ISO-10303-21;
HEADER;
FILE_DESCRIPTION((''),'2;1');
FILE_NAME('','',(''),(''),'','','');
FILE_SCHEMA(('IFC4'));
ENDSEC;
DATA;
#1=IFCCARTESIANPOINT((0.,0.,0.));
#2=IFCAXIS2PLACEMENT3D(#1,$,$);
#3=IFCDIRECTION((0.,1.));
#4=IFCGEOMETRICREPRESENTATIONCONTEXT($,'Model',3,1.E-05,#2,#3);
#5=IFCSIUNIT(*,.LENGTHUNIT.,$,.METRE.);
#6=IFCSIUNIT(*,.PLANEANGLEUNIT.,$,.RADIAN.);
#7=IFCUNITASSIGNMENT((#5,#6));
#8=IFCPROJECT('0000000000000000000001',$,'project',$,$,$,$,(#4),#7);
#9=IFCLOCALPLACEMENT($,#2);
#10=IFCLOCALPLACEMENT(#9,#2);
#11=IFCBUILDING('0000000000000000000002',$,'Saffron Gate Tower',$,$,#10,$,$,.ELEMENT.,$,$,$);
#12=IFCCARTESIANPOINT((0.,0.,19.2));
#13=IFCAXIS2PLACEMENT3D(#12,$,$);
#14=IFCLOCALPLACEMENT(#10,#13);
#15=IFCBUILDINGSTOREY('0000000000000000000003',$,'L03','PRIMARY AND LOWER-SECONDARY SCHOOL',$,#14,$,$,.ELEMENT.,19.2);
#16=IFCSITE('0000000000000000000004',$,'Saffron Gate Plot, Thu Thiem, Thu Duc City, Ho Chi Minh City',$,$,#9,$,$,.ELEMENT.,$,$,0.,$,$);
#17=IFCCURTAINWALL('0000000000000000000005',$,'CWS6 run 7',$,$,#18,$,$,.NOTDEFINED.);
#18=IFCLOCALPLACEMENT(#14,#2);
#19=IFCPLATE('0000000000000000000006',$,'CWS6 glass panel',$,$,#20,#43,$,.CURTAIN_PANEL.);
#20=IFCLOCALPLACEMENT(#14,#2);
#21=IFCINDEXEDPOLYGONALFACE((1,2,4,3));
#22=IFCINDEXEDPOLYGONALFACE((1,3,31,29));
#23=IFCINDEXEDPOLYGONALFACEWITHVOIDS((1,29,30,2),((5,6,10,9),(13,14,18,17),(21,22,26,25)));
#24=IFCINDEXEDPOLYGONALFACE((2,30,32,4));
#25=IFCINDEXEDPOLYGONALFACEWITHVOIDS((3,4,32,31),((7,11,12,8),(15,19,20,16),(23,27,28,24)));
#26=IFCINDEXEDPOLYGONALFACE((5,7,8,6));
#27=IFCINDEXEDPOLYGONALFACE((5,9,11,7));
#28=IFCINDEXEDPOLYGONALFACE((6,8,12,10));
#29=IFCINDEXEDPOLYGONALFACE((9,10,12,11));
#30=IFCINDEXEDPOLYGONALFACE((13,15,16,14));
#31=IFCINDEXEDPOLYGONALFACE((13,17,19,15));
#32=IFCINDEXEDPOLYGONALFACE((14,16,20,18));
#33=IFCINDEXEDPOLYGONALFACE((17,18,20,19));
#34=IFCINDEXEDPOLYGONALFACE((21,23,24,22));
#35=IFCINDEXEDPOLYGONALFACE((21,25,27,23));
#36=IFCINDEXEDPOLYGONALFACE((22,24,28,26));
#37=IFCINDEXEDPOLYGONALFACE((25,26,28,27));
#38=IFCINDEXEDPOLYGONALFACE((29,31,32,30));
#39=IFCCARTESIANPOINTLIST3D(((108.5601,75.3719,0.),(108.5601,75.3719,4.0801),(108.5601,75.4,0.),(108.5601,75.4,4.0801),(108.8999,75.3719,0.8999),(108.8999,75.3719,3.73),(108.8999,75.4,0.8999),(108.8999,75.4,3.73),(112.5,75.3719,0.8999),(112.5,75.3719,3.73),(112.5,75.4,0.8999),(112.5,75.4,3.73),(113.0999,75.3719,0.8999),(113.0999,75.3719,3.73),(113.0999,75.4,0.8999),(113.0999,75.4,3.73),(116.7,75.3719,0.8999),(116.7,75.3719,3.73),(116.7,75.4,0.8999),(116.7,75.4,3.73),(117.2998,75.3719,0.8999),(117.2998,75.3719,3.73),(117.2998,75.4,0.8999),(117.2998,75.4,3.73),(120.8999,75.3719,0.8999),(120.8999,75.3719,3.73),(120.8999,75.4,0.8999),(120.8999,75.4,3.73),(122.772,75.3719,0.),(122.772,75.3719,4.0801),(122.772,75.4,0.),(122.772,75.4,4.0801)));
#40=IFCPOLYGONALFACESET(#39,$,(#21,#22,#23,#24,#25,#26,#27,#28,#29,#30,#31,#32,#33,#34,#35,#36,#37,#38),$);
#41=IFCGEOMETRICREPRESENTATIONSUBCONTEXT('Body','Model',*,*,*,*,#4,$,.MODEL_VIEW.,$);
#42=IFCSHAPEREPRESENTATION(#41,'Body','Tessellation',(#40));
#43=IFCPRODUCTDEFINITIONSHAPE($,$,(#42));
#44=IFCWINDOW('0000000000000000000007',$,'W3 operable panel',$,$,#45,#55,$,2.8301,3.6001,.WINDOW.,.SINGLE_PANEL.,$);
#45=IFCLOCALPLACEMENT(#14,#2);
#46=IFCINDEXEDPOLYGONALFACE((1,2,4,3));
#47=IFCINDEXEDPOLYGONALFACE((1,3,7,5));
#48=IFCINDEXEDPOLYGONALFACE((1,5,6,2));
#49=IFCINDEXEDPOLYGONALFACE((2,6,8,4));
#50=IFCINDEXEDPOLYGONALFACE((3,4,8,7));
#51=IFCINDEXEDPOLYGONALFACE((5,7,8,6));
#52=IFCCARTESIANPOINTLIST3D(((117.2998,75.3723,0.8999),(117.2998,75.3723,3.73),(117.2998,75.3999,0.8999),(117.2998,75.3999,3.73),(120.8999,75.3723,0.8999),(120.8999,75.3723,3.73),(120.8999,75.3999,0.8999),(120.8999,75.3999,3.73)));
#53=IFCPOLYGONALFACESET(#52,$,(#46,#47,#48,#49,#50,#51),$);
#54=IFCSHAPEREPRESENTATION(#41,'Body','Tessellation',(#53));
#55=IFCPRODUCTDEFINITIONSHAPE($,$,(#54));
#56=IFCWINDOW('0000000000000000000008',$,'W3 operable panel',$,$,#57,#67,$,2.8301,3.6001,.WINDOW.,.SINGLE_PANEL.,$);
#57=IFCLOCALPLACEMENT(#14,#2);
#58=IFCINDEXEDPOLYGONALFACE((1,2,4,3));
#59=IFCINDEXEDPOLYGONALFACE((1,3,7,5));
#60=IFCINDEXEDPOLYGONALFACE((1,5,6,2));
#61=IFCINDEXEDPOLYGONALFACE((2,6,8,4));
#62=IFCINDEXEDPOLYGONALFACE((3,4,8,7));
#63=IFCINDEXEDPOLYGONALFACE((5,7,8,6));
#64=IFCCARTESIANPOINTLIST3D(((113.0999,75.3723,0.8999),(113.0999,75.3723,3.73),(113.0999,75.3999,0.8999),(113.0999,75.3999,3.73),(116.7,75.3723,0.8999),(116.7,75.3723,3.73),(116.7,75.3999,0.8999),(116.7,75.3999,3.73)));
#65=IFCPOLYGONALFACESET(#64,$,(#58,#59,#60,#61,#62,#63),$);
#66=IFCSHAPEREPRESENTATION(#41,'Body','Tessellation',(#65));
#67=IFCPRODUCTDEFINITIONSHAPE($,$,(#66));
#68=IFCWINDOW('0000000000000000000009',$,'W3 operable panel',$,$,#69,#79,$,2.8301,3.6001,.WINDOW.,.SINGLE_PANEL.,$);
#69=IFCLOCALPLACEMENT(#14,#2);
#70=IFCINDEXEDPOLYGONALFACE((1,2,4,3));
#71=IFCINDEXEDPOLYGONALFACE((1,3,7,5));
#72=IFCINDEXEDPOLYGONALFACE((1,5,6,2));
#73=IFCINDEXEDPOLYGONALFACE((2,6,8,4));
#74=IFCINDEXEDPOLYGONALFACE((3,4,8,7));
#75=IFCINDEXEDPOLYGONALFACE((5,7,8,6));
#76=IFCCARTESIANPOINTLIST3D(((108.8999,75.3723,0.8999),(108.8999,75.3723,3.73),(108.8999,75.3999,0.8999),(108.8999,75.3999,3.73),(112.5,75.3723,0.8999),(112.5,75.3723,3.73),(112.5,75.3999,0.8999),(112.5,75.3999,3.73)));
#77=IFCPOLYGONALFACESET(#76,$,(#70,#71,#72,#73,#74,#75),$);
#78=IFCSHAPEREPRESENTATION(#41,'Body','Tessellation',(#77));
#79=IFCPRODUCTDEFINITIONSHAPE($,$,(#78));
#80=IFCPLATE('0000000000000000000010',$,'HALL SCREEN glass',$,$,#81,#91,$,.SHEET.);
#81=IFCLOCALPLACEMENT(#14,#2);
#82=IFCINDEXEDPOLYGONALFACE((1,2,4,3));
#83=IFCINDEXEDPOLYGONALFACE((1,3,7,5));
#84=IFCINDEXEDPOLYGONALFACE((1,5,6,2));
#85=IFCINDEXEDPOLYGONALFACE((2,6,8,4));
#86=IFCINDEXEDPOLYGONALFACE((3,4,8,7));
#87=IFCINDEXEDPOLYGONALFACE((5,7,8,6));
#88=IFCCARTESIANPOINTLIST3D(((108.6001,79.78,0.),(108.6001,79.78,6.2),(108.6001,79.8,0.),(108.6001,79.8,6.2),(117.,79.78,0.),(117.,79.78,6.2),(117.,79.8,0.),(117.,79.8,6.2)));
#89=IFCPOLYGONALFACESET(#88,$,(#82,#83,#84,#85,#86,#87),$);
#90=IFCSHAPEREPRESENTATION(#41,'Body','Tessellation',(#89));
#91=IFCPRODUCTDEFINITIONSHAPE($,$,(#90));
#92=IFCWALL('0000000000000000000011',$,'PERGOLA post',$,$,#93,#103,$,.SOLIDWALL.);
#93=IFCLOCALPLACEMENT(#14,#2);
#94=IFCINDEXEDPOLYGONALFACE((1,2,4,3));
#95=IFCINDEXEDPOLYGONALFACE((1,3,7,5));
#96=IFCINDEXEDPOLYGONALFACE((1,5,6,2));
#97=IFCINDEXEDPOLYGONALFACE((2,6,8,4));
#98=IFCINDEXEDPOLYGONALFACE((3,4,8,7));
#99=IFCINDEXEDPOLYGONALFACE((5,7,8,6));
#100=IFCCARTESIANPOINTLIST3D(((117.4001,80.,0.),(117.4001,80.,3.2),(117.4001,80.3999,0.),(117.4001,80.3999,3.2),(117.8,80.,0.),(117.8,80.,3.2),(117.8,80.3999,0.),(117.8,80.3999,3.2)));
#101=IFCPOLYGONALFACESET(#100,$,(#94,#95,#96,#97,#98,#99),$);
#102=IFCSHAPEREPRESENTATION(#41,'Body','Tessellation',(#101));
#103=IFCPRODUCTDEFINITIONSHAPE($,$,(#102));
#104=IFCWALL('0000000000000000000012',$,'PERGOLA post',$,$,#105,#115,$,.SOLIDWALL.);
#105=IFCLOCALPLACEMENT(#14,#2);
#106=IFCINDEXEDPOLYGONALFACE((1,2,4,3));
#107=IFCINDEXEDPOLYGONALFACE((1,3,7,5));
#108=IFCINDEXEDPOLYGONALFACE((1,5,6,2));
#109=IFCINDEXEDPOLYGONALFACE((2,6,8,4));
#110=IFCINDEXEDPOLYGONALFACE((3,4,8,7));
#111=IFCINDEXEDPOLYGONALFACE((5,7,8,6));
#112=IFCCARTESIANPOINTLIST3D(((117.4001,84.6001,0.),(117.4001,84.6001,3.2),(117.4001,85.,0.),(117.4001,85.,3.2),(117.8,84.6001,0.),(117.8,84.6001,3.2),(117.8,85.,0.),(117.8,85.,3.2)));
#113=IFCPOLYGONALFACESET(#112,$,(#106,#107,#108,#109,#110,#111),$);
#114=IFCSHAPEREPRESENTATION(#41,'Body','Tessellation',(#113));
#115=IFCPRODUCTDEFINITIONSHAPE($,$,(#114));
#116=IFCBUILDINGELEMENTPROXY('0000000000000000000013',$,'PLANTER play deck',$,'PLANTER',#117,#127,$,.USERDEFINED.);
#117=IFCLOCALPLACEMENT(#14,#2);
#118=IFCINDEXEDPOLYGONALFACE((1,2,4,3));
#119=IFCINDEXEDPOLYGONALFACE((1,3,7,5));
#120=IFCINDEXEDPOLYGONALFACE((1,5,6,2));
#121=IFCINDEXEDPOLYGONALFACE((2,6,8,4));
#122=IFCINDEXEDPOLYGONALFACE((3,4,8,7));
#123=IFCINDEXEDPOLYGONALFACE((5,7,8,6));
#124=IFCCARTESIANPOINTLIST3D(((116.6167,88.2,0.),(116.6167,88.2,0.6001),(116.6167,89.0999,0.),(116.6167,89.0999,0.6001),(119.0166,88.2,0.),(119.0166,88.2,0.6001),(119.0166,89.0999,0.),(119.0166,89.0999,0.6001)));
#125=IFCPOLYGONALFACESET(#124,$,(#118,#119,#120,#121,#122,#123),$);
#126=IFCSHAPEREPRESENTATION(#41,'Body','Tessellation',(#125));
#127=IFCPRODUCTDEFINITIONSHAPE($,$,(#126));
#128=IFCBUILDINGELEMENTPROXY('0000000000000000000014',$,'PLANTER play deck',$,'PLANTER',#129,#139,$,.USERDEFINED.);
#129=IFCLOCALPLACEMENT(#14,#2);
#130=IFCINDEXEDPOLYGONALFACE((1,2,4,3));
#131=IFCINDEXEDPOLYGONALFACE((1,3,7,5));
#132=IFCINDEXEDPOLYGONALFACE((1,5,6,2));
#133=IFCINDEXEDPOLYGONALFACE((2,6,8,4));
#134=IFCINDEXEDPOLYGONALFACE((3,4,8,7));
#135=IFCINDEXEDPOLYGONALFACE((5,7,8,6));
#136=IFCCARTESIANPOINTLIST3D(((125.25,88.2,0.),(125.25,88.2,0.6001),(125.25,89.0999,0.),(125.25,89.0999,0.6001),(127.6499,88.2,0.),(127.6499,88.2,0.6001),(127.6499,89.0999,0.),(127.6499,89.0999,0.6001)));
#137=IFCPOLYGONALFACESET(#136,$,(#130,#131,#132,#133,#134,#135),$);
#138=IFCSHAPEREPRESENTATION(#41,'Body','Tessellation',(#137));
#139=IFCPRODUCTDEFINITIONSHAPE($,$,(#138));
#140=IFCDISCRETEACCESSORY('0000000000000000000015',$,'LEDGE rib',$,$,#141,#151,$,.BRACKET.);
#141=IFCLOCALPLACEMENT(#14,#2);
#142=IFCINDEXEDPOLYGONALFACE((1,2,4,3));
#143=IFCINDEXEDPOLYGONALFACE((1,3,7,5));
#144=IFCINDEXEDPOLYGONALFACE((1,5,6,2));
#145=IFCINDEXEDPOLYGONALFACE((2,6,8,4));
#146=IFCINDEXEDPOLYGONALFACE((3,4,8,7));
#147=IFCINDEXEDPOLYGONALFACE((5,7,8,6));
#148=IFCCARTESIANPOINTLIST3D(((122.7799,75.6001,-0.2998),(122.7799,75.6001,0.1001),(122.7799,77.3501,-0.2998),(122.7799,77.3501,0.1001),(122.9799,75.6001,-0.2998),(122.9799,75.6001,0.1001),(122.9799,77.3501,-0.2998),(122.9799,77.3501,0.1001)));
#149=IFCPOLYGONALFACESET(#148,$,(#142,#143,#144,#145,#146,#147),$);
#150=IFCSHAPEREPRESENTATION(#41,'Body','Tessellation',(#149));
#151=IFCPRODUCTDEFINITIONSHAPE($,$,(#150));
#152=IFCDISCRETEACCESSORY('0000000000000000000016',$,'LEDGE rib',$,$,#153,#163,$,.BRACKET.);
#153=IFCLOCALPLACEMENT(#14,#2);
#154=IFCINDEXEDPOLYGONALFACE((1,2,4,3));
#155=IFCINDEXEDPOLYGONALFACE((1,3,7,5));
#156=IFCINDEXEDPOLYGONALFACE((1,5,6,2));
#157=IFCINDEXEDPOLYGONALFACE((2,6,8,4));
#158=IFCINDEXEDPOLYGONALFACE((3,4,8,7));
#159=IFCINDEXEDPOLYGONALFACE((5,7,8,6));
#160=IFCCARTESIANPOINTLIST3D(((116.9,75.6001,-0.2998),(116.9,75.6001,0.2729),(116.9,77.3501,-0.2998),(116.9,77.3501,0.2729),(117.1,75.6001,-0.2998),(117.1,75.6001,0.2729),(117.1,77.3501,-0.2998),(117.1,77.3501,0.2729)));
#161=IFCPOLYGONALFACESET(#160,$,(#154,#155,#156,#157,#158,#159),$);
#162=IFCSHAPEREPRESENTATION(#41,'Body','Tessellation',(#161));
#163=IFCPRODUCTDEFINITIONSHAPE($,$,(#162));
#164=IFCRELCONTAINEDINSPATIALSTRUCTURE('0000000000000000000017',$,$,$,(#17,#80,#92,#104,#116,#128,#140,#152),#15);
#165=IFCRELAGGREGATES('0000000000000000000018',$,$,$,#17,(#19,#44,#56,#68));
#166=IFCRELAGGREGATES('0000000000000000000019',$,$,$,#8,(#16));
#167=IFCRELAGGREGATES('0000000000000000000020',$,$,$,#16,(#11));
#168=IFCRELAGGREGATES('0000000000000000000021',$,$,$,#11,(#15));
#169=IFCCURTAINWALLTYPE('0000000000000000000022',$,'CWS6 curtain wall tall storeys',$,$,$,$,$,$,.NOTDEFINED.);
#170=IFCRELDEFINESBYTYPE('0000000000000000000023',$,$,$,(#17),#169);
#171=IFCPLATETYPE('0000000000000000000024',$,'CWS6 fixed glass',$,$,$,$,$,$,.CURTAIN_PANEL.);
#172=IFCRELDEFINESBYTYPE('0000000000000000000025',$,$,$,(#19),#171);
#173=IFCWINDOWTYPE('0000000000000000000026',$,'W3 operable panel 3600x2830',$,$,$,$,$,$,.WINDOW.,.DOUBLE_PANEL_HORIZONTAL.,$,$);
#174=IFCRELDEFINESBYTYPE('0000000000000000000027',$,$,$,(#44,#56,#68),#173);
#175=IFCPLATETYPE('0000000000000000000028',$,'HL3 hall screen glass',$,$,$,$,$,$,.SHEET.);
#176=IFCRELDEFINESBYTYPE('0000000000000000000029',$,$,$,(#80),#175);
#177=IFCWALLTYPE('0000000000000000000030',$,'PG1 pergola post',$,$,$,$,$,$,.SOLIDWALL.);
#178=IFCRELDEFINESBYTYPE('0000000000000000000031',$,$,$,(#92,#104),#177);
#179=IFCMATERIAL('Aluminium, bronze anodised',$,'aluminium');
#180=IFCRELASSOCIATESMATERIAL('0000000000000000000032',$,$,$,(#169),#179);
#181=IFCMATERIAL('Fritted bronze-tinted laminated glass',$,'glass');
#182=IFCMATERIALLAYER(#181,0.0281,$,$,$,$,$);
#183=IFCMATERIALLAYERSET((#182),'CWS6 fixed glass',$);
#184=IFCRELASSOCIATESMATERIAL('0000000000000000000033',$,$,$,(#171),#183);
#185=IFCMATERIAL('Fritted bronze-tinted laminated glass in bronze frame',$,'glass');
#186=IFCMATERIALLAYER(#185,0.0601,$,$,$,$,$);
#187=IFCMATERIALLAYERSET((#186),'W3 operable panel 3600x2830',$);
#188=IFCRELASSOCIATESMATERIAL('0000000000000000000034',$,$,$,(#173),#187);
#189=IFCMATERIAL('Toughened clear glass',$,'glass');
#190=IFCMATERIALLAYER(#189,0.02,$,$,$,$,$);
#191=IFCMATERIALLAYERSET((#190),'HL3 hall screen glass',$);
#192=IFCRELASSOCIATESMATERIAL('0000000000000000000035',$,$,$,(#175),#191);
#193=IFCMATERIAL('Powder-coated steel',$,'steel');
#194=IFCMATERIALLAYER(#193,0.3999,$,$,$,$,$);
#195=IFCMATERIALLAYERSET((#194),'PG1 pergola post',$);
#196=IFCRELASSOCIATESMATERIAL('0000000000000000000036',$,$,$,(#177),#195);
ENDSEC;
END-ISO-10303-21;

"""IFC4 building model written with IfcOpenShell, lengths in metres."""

from ifc_helpers import new_model, si_unit, direction, frame, frame_2d, origin, origin_2d, place, context, subcontext, project, spatial, polyline, rectangle, outline, extrude, material, layer, layer_set, type_object, element, fill, aggregate, save


model = new_model("IFC4")

# Units and contexts
model_context = context("Model", 3, precision=1e-05, world=origin(), true_north=direction((0.0, 1.0)))
body_context = subcontext(model_context, "Body", "Model", "MODEL_VIEW")
ifc_project = project(units=[si_unit("LENGTHUNIT", "METRE"), si_unit("PLANEANGLEUNIT", "RADIAN")], contexts=[model_context])

# Site, building, storey
site_placement = place(None, origin())
site = spatial("IfcSite", under=ifc_project, at=site_placement, Name="Saffron Gate Plot, Thu Thiem, Thu Duc City, Ho Chi Minh City", CompositionType="ELEMENT", RefElevation=0.0)
building_placement = place(site_placement, origin())
building = spatial("IfcBuilding", under=site, at=building_placement, Name="Saffron Gate Tower", CompositionType="ELEMENT")
storey_placement = place(building_placement, frame((0.0, 0.0, 19.2)))
storey = spatial("IfcBuildingStorey", under=building, at=storey_placement, Name="L03", Description="PRIMARY AND LOWER-SECONDARY SCHOOL", CompositionType="ELEMENT", Elevation=19.2)

# Shared definitions
ifc_material_1 = material(Name="Aluminium, bronze anodised", Category="aluminium")
curtain_wall_type = type_object("IfcCurtainWallType", Name="CWS6 curtain wall tall storeys", PredefinedType="NOTDEFINED", material=ifc_material_1)

# Curtain wall
curtain_wall_1_placement = place(storey_placement, origin())
curtain_wall_1 = element("IfcCurtainWall", 1, at=curtain_wall_1_placement, inside=storey, type_object=curtain_wall_type, Name="CWS6 run 7", PredefinedType="NOTDEFINED")

# Shared definitions
ifc_material_2 = material(Name="Fritted bronze-tinted laminated glass", Category="glass")
ifc_layer_1 = layer(ifc_material_2, 0.0281)
ifc_layer_set_1 = layer_set([ifc_layer_1], Name="CWS6 fixed glass")
plate_type_1 = type_object("IfcPlateType", Name="CWS6 fixed glass", PredefinedType="CURTAIN_PANEL", material=ifc_layer_set_1)

# Plate, openings, windows
plate_1_placement = place(storey_placement, frame((122.772, 75.386, 0.0), z_axis=(0.0, 0.0, 1.0), x_axis=(-1.0, 0.0, 0.0)))
plate_1 = element("IfcPlate", 2, at=plate_1_placement, type_object=plate_type_1, Name="CWS6 glass panel", PredefinedType="CURTAIN_PANEL", context=body_context, shape_type="SweptSolid", body=[
    extrude(rectangle(XDim=14.2119, YDim=0.0281, at=frame_2d((7.106, 0.0))), origin(), (0.0, 0.0, 1.0), 4.0801),
])
opening_1_placement = place(plate_1_placement, frame((1.8721, 0.0, 0.8999)))
opening_1 = element("IfcOpeningElement", 3, at=opening_1_placement, cuts=plate_1, PredefinedType="OPENING", context=body_context, shape_type="SweptSolid", body=[
    extrude(rectangle(XDim=3.6001, YDim=2.8301, at=frame_2d((1.8, 1.415))), frame((0.0, 0.0239, 0.0), z_axis=(0.0, -1.0, 0.0), x_axis=(1.0, 0.0, 0.0)), (0.0, 0.0, 1.0), 0.0481),
])
opening_2_placement = place(plate_1_placement, frame((6.072, 0.0, 0.8999)))
opening_2 = element("IfcOpeningElement", 4, at=opening_2_placement, cuts=plate_1, PredefinedType="OPENING", context=body_context, shape_type="SweptSolid", body=[
    extrude(rectangle(XDim=3.6001, YDim=2.8301, at=frame_2d((1.8, 1.415))), frame((0.0, 0.0239, 0.0), z_axis=(0.0, -1.0, 0.0), x_axis=(1.0, 0.0, 0.0)), (0.0, 0.0, 1.0), 0.0481),
])
opening_3_placement = place(plate_1_placement, frame((10.272, 0.0, 0.8999)))
opening_3 = element("IfcOpeningElement", 5, at=opening_3_placement, cuts=plate_1, PredefinedType="OPENING", context=body_context, shape_type="SweptSolid", body=[
    extrude(rectangle(XDim=3.6001, YDim=2.8301, at=frame_2d((1.8, 1.415))), frame((0.0, 0.0239, 0.0), z_axis=(0.0, -1.0, 0.0), x_axis=(1.0, 0.0, 0.0)), (0.0, 0.0, 1.0), 0.0481),
])
ifc_material_3 = material(Name="Fritted bronze-tinted laminated glass in bronze frame", Category="glass")
ifc_layer_2 = layer(ifc_material_3, 0.0601)
ifc_layer_set_2 = layer_set([ifc_layer_2], Name="W3 operable panel 3600x2830")
window_type = type_object("IfcWindowType", Name="W3 operable panel 3600x2830", PartitioningType="DOUBLE_PANEL_HORIZONTAL", PredefinedType="WINDOW", material=ifc_layer_set_2)
window_1_placement = place(opening_1_placement, origin())
window_1 = element("IfcWindow", 6, at=window_1_placement, type_object=window_type, Name="W3 operable panel", OverallHeight=2.8301, OverallWidth=3.6001, PartitioningType="SINGLE_PANEL", PredefinedType="WINDOW", context=body_context, shape_type="SweptSolid", body=[
    extrude(rectangle(XDim=3.6001, YDim=2.8301, at=frame_2d((1.8, 1.415))), frame((0.0, 0.0137, 0.0), z_axis=(0.0, -1.0, 0.0), x_axis=(1.0, 0.0, 0.0)), (0.0, 0.0, 1.0), 0.0276),
])
fill(opening_1, window_1)
window_2_placement = place(opening_2_placement, origin())
window_2 = element("IfcWindow", 7, at=window_2_placement, type_object=window_type, Name="W3 operable panel", OverallHeight=2.8301, OverallWidth=3.6001, PartitioningType="SINGLE_PANEL", PredefinedType="WINDOW", context=body_context, shape_type="SweptSolid", body=[
    extrude(rectangle(XDim=3.6001, YDim=2.8301, at=frame_2d((1.8, 1.415))), frame((0.0, 0.0137, 0.0), z_axis=(0.0, -1.0, 0.0), x_axis=(1.0, 0.0, 0.0)), (0.0, 0.0, 1.0), 0.0276),
])
fill(opening_2, window_2)
window_3_placement = place(opening_3_placement, origin())
window_3 = element("IfcWindow", 8, at=window_3_placement, type_object=window_type, Name="W3 operable panel", OverallHeight=2.8301, OverallWidth=3.6001, PartitioningType="SINGLE_PANEL", PredefinedType="WINDOW", context=body_context, shape_type="SweptSolid", body=[
    extrude(rectangle(XDim=3.6001, YDim=2.8301, at=frame_2d((1.8, 1.415))), frame((0.0, 0.0137, 0.0), z_axis=(0.0, -1.0, 0.0), x_axis=(1.0, 0.0, 0.0)), (0.0, 0.0, 1.0), 0.0276),
])
fill(opening_3, window_3)
aggregate(curtain_wall_1, [plate_1, window_1, window_2, window_3])

# Plate
ifc_material_4 = material(Name="Toughened clear glass", Category="glass")
ifc_layer_3 = layer(ifc_material_4, 0.02)
ifc_layer_set_3 = layer_set([ifc_layer_3], Name="HL3 hall screen glass")
plate_type_2 = type_object("IfcPlateType", Name="HL3 hall screen glass", PredefinedType="SHEET", material=ifc_layer_set_3)
plate_2_placement = place(storey_placement, frame((117.0, 79.8, 0.0), z_axis=(0.0, 1.0, 0.0), x_axis=(-1.0, 0.0, 0.0)))
element("IfcPlate", 9, at=plate_2_placement, inside=storey, type_object=plate_type_2, Name="HALL SCREEN glass", PredefinedType="SHEET", context=body_context, shape_type="SweptSolid", body=[
    extrude(outline(polyline([(0.0, 0.0), (8.3999, 0.0), (8.3999, 6.2), (0.0, 6.2), (0.0, 0.0)])), origin(), (0.0, 0.0, -1.0), 0.02),
])

# Walls
ifc_material_5 = material(Name="Powder-coated steel", Category="steel")
ifc_layer_4 = layer(ifc_material_5, 0.3999)
ifc_layer_set_4 = layer_set([ifc_layer_4], Name="PG1 pergola post")
wall_type = type_object("IfcWallType", Name="PG1 pergola post", PredefinedType="SOLIDWALL", material=ifc_layer_set_4)
for number, where, z_axis, x_axis, name in (
    (10, (117.6001, 80.0, 0.0), (0.0, 0.0, 1.0), (0.0, 1.0, 0.0), "PERGOLA post"),
    (11, (117.6001, 84.6001, 0.0), (0.0, 0.0, 1.0), (0.0, 1.0, 0.0), "PERGOLA post"),
):
    element("IfcWall", number, at=place(storey_placement, frame(where, z_axis=z_axis, x_axis=x_axis)), inside=storey, type_object=wall_type, Name=name, PredefinedType="SOLIDWALL", context=body_context, shape_type="SweptSolid", body=[
        extrude(rectangle(XDim=0.3999, YDim=0.3999, at=frame_2d((0.2, 0.0))), origin(), (0.0, 0.0, 1.0), 3.2),
    ])

# Building element proxies
for number, where, z_axis, x_axis, name in (
    (12, (117.8167, 88.6499, 0.0), (0.0, 0.0, 1.0), (1.0, 0.0, 0.0), "PLANTER play deck"),
    (13, (126.45, 88.6499, 0.0), (0.0, 0.0, 1.0), (1.0, 0.0, 0.0), "PLANTER play deck"),
):
    element("IfcBuildingElementProxy", number, at=place(storey_placement, frame(where, z_axis=z_axis, x_axis=x_axis)), inside=storey, Name=name, ObjectType="PLANTER", PredefinedType="USERDEFINED", context=body_context, shape_type="SweptSolid", body=[
        extrude(rectangle(XDim=2.3999, YDim=0.8999, at=origin_2d()), origin(), (0.0, 0.0, 1.0), 0.6001),
    ])

# Discrete accessories
discrete_accessory_1_placement = place(storey_placement, frame((122.8799, 76.4751, -0.2998), z_axis=(0.0, 0.0, 1.0), x_axis=(-1.0, 0.0, 0.0)))
element("IfcDiscreteAccessory", 14, at=discrete_accessory_1_placement, inside=storey, Name="LEDGE rib", PredefinedType="BRACKET", context=body_context, shape_type="SweptSolid", body=[
    extrude(rectangle(XDim=0.2, YDim=1.75, at=origin_2d()), origin(), (0.0, 0.0, 1.0), 0.3999),
])
discrete_accessory_2_placement = place(storey_placement, frame((117.0, 76.4751, -0.2998), z_axis=(0.0, 0.0, 1.0), x_axis=(-1.0, 0.0, 0.0)))
element("IfcDiscreteAccessory", 15, at=discrete_accessory_2_placement, inside=storey, Name="LEDGE rib", PredefinedType="BRACKET", context=body_context, shape_type="SweptSolid", body=[
    extrude(rectangle(XDim=0.2, YDim=1.75, at=origin_2d()), origin(), (0.0, 0.0, 1.0), 0.5728),
])

save(model, "model.ifc")
